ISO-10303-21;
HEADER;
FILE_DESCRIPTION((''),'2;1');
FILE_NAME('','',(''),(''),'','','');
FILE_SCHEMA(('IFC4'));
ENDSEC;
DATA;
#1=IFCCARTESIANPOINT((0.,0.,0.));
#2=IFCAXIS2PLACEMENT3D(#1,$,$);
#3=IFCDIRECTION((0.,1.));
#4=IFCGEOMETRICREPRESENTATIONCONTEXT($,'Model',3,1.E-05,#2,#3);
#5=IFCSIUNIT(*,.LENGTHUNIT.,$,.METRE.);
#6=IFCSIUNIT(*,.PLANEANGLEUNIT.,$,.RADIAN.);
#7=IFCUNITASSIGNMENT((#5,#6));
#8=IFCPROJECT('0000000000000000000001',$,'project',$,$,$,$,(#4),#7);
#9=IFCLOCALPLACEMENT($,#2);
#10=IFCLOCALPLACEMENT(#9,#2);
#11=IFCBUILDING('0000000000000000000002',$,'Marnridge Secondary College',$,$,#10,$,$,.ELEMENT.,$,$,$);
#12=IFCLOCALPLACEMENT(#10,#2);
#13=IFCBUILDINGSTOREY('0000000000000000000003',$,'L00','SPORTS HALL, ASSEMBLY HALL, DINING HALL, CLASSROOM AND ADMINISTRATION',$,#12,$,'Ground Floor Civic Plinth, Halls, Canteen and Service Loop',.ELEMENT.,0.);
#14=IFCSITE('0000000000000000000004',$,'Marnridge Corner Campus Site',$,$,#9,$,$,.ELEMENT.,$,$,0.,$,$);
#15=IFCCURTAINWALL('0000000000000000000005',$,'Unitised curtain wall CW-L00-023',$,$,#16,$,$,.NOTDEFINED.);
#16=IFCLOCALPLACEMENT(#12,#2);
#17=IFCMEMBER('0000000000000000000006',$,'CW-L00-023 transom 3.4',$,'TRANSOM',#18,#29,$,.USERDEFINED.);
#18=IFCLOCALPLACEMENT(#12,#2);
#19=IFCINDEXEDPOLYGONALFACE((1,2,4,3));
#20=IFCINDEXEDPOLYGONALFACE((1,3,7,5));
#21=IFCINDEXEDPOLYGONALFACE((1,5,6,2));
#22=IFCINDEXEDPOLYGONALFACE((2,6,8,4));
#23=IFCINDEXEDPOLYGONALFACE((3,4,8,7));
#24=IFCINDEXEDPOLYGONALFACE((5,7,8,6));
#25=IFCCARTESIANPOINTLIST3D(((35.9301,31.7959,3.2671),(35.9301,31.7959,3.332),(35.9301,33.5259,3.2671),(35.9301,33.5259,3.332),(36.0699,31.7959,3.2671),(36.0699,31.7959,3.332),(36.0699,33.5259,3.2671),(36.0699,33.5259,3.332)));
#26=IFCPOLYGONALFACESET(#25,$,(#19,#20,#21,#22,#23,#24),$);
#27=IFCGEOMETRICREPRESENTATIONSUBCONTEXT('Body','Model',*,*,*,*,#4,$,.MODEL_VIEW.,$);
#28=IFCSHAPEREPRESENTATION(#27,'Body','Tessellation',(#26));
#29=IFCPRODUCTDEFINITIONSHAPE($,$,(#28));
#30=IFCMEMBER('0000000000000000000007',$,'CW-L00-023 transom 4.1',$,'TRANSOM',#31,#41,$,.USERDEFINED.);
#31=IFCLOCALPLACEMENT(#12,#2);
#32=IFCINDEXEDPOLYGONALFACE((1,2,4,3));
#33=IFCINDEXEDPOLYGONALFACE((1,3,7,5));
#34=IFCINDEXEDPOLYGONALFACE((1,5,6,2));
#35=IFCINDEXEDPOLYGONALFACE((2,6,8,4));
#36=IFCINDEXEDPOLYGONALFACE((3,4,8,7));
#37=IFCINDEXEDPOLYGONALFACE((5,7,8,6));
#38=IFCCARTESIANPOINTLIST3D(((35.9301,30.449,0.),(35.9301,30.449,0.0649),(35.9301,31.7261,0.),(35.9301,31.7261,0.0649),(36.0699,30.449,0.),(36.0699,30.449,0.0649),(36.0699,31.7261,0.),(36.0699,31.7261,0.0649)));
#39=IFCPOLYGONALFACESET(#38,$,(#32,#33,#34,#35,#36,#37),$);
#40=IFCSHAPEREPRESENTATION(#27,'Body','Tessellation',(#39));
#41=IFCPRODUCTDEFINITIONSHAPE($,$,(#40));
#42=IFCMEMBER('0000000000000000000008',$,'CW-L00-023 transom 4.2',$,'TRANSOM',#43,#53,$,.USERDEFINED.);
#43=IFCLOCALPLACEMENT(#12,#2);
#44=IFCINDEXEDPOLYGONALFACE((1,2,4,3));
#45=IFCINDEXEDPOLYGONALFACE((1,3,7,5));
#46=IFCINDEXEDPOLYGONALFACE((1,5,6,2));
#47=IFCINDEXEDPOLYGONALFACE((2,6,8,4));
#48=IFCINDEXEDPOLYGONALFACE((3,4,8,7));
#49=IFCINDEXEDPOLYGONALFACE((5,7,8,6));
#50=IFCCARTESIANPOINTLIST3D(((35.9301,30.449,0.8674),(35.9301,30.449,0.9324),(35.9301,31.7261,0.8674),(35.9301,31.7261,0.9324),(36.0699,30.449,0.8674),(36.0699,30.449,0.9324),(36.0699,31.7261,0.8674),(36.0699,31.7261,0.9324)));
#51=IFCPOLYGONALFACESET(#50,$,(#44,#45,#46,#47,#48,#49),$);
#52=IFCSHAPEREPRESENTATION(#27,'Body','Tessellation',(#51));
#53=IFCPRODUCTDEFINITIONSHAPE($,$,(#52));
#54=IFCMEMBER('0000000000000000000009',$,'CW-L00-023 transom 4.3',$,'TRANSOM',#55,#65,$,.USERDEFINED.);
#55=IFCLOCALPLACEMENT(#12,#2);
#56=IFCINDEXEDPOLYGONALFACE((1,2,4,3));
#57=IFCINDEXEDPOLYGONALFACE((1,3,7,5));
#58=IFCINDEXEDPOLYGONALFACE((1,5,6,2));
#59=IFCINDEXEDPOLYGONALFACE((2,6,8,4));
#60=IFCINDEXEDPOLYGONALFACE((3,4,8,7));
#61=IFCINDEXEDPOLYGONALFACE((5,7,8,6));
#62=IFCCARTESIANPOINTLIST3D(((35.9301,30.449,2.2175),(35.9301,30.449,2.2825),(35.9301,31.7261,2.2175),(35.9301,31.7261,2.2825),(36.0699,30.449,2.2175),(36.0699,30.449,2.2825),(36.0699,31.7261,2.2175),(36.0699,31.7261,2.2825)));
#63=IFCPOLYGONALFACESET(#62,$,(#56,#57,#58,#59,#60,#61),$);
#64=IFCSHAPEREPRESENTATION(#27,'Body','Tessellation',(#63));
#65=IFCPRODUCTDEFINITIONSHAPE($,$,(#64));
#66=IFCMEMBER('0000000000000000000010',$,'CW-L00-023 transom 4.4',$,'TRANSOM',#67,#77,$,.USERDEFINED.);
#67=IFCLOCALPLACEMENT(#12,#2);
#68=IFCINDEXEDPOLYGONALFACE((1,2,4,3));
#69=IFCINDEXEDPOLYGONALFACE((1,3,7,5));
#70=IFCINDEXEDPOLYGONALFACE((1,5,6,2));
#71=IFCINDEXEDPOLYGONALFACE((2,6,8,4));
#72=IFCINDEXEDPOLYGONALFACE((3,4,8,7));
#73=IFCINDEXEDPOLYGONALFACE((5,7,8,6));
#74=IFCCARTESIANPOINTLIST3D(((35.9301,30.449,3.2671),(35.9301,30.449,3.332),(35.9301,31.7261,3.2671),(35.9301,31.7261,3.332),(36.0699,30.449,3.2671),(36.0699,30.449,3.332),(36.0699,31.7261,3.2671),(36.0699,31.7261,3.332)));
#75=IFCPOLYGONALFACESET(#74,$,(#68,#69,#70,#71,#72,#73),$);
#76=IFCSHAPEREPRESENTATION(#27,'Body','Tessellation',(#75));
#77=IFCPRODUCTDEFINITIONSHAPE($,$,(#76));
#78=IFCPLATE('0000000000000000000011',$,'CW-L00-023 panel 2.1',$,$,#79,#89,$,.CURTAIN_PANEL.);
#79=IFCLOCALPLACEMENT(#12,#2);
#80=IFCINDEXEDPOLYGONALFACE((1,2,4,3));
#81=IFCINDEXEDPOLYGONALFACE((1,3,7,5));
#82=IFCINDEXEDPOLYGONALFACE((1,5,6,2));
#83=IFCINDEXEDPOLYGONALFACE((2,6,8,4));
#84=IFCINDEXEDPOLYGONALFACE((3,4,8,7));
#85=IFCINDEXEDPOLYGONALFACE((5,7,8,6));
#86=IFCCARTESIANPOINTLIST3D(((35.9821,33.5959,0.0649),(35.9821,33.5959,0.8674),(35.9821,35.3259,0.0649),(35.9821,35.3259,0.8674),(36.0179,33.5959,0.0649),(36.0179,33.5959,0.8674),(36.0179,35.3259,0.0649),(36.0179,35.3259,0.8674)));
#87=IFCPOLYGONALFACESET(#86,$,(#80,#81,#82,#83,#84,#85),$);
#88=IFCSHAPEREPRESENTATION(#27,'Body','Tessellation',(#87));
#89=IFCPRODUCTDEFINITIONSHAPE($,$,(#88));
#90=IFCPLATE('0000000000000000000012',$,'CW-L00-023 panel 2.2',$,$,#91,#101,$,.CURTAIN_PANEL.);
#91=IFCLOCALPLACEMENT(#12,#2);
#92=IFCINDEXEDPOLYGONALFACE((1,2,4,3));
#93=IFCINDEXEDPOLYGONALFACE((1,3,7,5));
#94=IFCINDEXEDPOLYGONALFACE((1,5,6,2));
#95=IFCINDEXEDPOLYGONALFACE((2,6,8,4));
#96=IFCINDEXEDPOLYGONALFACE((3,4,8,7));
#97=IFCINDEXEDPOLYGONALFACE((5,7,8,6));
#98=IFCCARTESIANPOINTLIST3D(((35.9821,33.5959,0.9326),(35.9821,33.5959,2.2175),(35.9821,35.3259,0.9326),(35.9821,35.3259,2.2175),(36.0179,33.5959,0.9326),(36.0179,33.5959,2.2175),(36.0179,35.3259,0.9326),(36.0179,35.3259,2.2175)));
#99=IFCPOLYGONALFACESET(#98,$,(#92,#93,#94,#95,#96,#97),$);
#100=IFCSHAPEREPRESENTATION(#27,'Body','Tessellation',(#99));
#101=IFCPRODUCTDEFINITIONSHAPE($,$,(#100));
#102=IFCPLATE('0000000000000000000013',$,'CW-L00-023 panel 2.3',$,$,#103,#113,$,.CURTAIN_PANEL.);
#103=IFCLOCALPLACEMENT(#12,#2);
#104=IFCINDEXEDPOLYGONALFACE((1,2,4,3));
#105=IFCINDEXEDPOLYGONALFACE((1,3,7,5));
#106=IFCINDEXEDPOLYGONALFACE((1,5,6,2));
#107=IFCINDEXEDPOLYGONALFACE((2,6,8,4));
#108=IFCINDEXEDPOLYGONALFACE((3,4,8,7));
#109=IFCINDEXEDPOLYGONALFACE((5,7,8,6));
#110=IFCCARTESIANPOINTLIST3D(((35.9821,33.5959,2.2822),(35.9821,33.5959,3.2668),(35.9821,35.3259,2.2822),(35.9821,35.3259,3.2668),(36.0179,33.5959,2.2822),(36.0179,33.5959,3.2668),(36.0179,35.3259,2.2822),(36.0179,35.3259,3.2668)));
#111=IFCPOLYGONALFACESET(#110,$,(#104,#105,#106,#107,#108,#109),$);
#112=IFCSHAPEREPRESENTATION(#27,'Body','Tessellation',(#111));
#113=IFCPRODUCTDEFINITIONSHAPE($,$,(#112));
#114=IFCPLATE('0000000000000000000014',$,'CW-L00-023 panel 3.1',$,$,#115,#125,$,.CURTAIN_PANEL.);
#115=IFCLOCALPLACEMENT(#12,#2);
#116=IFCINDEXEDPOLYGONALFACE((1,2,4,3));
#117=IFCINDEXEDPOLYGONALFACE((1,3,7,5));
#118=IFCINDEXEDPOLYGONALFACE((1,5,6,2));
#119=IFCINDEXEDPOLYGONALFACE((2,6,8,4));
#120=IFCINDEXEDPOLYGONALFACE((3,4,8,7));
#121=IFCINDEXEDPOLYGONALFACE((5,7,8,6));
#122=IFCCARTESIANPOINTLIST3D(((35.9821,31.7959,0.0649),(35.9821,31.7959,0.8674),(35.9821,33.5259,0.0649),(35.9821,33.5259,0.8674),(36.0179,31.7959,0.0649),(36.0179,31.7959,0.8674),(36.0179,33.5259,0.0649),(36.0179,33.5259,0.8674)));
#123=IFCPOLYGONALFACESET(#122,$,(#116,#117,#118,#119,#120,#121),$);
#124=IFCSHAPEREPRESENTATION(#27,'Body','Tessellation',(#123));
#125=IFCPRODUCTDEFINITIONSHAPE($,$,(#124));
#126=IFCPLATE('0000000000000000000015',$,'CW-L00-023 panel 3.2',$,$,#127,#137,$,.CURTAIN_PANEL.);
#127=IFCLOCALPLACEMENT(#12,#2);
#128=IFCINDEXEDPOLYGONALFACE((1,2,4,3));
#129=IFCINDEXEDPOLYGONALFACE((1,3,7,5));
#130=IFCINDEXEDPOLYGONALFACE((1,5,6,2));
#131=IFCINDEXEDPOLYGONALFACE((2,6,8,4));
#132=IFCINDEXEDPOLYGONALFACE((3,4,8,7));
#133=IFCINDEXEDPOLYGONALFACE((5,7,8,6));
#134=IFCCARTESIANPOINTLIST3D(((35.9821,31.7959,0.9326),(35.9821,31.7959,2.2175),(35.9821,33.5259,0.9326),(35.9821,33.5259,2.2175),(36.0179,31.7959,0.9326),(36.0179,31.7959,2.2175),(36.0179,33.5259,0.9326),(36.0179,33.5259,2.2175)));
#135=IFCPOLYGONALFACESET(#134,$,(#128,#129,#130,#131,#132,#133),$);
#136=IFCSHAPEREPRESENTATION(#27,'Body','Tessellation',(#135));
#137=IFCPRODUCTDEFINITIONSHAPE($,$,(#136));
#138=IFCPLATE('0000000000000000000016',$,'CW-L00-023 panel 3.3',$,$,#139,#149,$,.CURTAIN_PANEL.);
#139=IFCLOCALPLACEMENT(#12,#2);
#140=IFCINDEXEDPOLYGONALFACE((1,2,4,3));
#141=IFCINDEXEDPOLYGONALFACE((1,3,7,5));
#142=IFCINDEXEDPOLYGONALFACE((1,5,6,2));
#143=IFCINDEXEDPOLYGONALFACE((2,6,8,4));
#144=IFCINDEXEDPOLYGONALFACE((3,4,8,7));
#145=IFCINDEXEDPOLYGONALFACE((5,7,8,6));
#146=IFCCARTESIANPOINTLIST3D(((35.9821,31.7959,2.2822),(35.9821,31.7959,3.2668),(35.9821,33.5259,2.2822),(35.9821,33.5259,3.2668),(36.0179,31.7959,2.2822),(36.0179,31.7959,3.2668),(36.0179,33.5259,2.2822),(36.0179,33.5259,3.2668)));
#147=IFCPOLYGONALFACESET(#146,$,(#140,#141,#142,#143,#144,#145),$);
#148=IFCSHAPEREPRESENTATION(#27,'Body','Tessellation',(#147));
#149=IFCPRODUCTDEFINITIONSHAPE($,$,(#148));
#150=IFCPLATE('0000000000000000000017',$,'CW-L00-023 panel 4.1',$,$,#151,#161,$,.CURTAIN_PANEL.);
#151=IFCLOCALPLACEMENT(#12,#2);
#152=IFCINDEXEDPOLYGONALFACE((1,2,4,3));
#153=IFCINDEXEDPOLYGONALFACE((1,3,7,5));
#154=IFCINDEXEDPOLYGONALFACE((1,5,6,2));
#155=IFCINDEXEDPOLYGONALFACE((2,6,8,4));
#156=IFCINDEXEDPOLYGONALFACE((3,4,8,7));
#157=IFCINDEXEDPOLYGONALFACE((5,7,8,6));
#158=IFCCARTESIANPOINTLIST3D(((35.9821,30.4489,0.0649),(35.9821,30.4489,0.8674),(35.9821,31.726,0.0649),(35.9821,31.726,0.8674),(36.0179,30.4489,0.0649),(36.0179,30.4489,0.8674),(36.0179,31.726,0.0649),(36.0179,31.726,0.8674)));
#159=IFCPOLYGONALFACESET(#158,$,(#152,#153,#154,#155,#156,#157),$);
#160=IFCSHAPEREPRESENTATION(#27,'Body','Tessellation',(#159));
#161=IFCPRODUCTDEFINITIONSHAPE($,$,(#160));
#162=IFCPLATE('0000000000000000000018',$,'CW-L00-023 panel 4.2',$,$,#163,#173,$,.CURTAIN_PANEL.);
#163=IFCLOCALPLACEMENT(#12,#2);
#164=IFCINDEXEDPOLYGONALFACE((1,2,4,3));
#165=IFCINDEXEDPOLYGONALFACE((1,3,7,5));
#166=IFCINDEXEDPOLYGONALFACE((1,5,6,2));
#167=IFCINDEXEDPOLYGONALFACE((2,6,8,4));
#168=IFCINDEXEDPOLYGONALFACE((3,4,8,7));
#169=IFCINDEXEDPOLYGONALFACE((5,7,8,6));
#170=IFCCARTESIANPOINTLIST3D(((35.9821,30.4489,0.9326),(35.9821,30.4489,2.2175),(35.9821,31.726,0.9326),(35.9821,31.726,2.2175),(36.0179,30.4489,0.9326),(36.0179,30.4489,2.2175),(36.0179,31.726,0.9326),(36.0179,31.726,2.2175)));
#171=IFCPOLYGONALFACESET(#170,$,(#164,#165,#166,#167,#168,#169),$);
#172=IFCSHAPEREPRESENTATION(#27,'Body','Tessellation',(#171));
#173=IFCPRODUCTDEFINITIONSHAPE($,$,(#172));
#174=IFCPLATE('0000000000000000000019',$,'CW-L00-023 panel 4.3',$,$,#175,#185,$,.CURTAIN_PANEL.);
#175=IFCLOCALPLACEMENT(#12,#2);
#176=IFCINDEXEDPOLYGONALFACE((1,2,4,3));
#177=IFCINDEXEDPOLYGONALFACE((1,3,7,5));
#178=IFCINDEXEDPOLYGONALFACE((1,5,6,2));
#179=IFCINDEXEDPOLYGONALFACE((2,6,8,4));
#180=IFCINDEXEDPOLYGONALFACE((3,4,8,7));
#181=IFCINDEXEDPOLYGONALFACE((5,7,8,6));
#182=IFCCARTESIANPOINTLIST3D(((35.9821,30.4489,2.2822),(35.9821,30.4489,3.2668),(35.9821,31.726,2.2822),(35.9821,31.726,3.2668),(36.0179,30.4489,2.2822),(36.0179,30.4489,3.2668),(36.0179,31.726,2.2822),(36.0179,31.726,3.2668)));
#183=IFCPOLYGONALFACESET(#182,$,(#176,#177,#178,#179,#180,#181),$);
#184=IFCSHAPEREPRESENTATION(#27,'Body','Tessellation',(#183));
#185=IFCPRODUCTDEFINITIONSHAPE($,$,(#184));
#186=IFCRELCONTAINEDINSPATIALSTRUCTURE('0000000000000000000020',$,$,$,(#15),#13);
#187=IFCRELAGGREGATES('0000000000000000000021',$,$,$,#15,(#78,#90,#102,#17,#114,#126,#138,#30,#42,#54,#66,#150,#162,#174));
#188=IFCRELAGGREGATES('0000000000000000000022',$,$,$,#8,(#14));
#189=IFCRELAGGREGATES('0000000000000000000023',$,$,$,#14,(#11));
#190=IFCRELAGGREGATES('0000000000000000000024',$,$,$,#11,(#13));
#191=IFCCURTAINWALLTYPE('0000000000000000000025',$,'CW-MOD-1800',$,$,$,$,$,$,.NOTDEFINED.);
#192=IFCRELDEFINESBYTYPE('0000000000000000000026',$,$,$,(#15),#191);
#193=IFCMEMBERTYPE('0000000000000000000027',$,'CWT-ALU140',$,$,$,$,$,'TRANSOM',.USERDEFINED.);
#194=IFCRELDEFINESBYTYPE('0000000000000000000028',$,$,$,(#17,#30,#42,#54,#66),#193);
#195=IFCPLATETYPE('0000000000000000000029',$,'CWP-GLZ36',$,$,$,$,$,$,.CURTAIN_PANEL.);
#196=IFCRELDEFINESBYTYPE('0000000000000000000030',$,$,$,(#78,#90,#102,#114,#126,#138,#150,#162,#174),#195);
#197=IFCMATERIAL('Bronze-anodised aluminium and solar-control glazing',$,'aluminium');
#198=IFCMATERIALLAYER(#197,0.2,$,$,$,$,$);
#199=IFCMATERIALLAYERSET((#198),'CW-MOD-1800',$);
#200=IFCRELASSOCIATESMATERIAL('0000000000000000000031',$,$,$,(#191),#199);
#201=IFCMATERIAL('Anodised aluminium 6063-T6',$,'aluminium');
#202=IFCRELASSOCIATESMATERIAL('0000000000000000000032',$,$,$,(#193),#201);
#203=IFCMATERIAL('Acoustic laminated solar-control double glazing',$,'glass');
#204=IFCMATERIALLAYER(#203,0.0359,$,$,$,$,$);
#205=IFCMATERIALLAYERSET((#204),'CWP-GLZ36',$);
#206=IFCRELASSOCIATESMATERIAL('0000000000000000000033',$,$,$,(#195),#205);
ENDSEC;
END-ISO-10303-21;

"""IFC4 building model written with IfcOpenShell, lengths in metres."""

from ifc_helpers import new_model, si_unit, direction, frame, origin, origin_2d, place, context, subcontext, project, spatial, rectangle, extrude, material, layer, layer_set, material_profile, profile_set, type_object, element, aggregate, save


model = new_model("IFC4")

# Units and contexts
model_context = context("Model", 3, precision=1e-05, world=origin(), true_north=direction((0.0, 1.0)))
body_context = subcontext(model_context, "Body", "Model", "MODEL_VIEW")
ifc_project = project(units=[si_unit("LENGTHUNIT", "METRE"), si_unit("PLANEANGLEUNIT", "RADIAN")], contexts=[model_context])

# Site, building, storey
site_placement = place(None, origin())
site = spatial("IfcSite", under=ifc_project, at=site_placement, Name="Marnridge Corner Campus Site", CompositionType="ELEMENT", RefElevation=0.0)
building_placement = place(site_placement, origin())
building = spatial("IfcBuilding", under=site, at=building_placement, Name="Marnridge Secondary College", CompositionType="ELEMENT")
storey_placement = place(building_placement, origin())
storey = spatial("IfcBuildingStorey", under=building, at=storey_placement, Name="L00", Description="SPORTS HALL, ASSEMBLY HALL, DINING HALL, CLASSROOM AND ADMINISTRATION", LongName="Ground Floor Civic Plinth, Halls, Canteen and Service Loop", CompositionType="ELEMENT", Elevation=0.0)

# Curtain wall, members, plates
ifc_material_1 = material(Name="Bronze-anodised aluminium and solar-control glazing", Category="aluminium")
ifc_layer_1 = layer(ifc_material_1, 0.2)
ifc_layer_set_1 = layer_set([ifc_layer_1], Name="CW-MOD-1800")
curtain_wall_type = type_object("IfcCurtainWallType", Name="CW-MOD-1800", PredefinedType="NOTDEFINED", material=ifc_layer_set_1)
curtain_wall_placement = place(storey_placement, origin())
curtain_wall = element("IfcCurtainWall", 1, at=curtain_wall_placement, inside=storey, type_object=curtain_wall_type, Name="Unitised curtain wall CW-L00-023", PredefinedType="NOTDEFINED")
ifc_material_2 = material(Name="Anodised aluminium 6063-T6", Category="aluminium")
ifc_material_profile_1 = material_profile(ifc_material_2, rectangle(XDim=0.0649, YDim=0.1399, at=origin_2d()), Name="ALU 65x140")
ifc_profile_set_1 = profile_set([ifc_material_profile_1], Name="Anodised aluminium 6063-T6")
member_type_1 = type_object("IfcMemberType", Name="CWT-ALU140", ElementType="TRANSOM", PredefinedType="USERDEFINED", material=ifc_profile_set_1)
member_1_placement = place(storey_placement, frame((36.0, 33.5259, 3.2996), z_axis=(0.0, -1.0, 0.0), x_axis=(0.0, 0.0, 1.0)))
member_1 = element("IfcMember", 2, at=member_1_placement, type_object=member_type_1, Name="CW-L00-023 transom 3.4", ObjectType="TRANSOM", PredefinedType="USERDEFINED", context=body_context, shape_type="SweptSolid", body=[
    extrude(rectangle(XDim=0.0649, YDim=0.1399, at=origin_2d()), origin(), (0.0, 0.0, 1.0), 1.73),
])
member_2_placement = place(storey_placement, frame((36.0, 31.7261, 0.0325), z_axis=(0.0, -1.0, 0.0), x_axis=(0.0, 0.0, 1.0)))
member_2 = element("IfcMember", 3, at=member_2_placement, type_object=member_type_1, Name="CW-L00-023 transom 4.1", ObjectType="TRANSOM", PredefinedType="USERDEFINED", context=body_context, shape_type="SweptSolid", body=[
    extrude(rectangle(XDim=0.0649, YDim=0.1399, at=origin_2d()), origin(), (0.0, 0.0, 1.0), 1.2771),
])
member_3_placement = place(storey_placement, frame((36.0, 31.7261, 0.8999), z_axis=(0.0, -1.0, 0.0), x_axis=(0.0, 0.0, 1.0)))
member_3 = element("IfcMember", 4, at=member_3_placement, type_object=member_type_1, Name="CW-L00-023 transom 4.2", ObjectType="TRANSOM", PredefinedType="USERDEFINED", context=body_context, shape_type="SweptSolid", body=[
    extrude(rectangle(XDim=0.0649, YDim=0.1399, at=origin_2d()), origin(), (0.0, 0.0, 1.0), 1.2771),
])
member_4_placement = place(storey_placement, frame((36.0, 31.7261, 2.25), z_axis=(0.0, -1.0, 0.0), x_axis=(0.0, 0.0, 1.0)))
member_4 = element("IfcMember", 5, at=member_4_placement, type_object=member_type_1, Name="CW-L00-023 transom 4.3", ObjectType="TRANSOM", PredefinedType="USERDEFINED", context=body_context, shape_type="SweptSolid", body=[
    extrude(rectangle(XDim=0.0649, YDim=0.1399, at=origin_2d()), origin(), (0.0, 0.0, 1.0), 1.2771),
])
member_5_placement = place(storey_placement, frame((36.0, 31.7261, 3.2996), z_axis=(0.0, -1.0, 0.0), x_axis=(0.0, 0.0, 1.0)))
member_5 = element("IfcMember", 6, at=member_5_placement, type_object=member_type_1, Name="CW-L00-023 transom 4.4", ObjectType="TRANSOM", PredefinedType="USERDEFINED", context=body_context, shape_type="SweptSolid", body=[
    extrude(rectangle(XDim=0.0649, YDim=0.1399, at=origin_2d()), origin(), (0.0, 0.0, 1.0), 1.2771),
])
ifc_material_3 = material(Name="Acoustic laminated solar-control double glazing", Category="glass")
ifc_layer_2 = layer(ifc_material_3, 0.0359)
ifc_layer_set_2 = layer_set([ifc_layer_2], Name="CWP-GLZ36")
plate_type = type_object("IfcPlateType", Name="CWP-GLZ36", PredefinedType="CURTAIN_PANEL", material=ifc_layer_set_2)
plate_1_placement = place(storey_placement, frame((36.0, 34.4609, 0.0649), z_axis=(0.0, 0.0, 1.0), x_axis=(0.0, -1.0, 0.0)))
plate_1 = element("IfcPlate", 7, at=plate_1_placement, type_object=plate_type, Name="CW-L00-023 panel 2.1", PredefinedType="CURTAIN_PANEL", context=body_context, shape_type="SweptSolid", body=[
    extrude(rectangle(XDim=1.73, YDim=0.0359, at=origin_2d()), origin(), (0.0, 0.0, 1.0), 0.8025),
])
plate_2_placement = place(storey_placement, frame((36.0, 34.4609, 0.9326), z_axis=(0.0, 0.0, 1.0), x_axis=(0.0, -1.0, 0.0)))
plate_2 = element("IfcPlate", 8, at=plate_2_placement, type_object=plate_type, Name="CW-L00-023 panel 2.2", PredefinedType="CURTAIN_PANEL", context=body_context, shape_type="SweptSolid", body=[
    extrude(rectangle(XDim=1.73, YDim=0.0359, at=origin_2d()), origin(), (0.0, 0.0, 1.0), 1.2849),
])
plate_3_placement = place(storey_placement, frame((36.0, 34.4609, 2.2822), z_axis=(0.0, 0.0, 1.0), x_axis=(0.0, -1.0, 0.0)))
plate_3 = element("IfcPlate", 9, at=plate_3_placement, type_object=plate_type, Name="CW-L00-023 panel 2.3", PredefinedType="CURTAIN_PANEL", context=body_context, shape_type="SweptSolid", body=[
    extrude(rectangle(XDim=1.73, YDim=0.0359, at=origin_2d()), origin(), (0.0, 0.0, 1.0), 0.9846),
])
plate_4_placement = place(storey_placement, frame((36.0, 32.6609, 0.0649), z_axis=(0.0, 0.0, 1.0), x_axis=(0.0, -1.0, 0.0)))
plate_4 = element("IfcPlate", 10, at=plate_4_placement, type_object=plate_type, Name="CW-L00-023 panel 3.1", PredefinedType="CURTAIN_PANEL", context=body_context, shape_type="SweptSolid", body=[
    extrude(rectangle(XDim=1.73, YDim=0.0359, at=origin_2d()), origin(), (0.0, 0.0, 1.0), 0.8025),
])
plate_5_placement = place(storey_placement, frame((36.0, 32.6609, 0.9326), z_axis=(0.0, 0.0, 1.0), x_axis=(0.0, -1.0, 0.0)))
plate_5 = element("IfcPlate", 11, at=plate_5_placement, type_object=plate_type, Name="CW-L00-023 panel 3.2", PredefinedType="CURTAIN_PANEL", context=body_context, shape_type="SweptSolid", body=[
    extrude(rectangle(XDim=1.73, YDim=0.0359, at=origin_2d()), origin(), (0.0, 0.0, 1.0), 1.2849),
])
plate_6_placement = place(storey_placement, frame((36.0, 32.6609, 2.2822), z_axis=(0.0, 0.0, 1.0), x_axis=(0.0, -1.0, 0.0)))
plate_6 = element("IfcPlate", 12, at=plate_6_placement, type_object=plate_type, Name="CW-L00-023 panel 3.3", PredefinedType="CURTAIN_PANEL", context=body_context, shape_type="SweptSolid", body=[
    extrude(rectangle(XDim=1.73, YDim=0.0359, at=origin_2d()), origin(), (0.0, 0.0, 1.0), 0.9846),
])
plate_7_placement = place(storey_placement, frame((36.0, 31.0874, 0.0649), z_axis=(0.0, 0.0, 1.0), x_axis=(0.0, -1.0, 0.0)))
plate_7 = element("IfcPlate", 13, at=plate_7_placement, type_object=plate_type, Name="CW-L00-023 panel 4.1", PredefinedType="CURTAIN_PANEL", context=body_context, shape_type="SweptSolid", body=[
    extrude(rectangle(XDim=1.2771, YDim=0.0359, at=origin_2d()), origin(), (0.0, 0.0, 1.0), 0.8025),
])
plate_8_placement = place(storey_placement, frame((36.0, 31.0874, 0.9326), z_axis=(0.0, 0.0, 1.0), x_axis=(0.0, -1.0, 0.0)))
plate_8 = element("IfcPlate", 14, at=plate_8_placement, type_object=plate_type, Name="CW-L00-023 panel 4.2", PredefinedType="CURTAIN_PANEL", context=body_context, shape_type="SweptSolid", body=[
    extrude(rectangle(XDim=1.2771, YDim=0.0359, at=origin_2d()), origin(), (0.0, 0.0, 1.0), 1.2849),
])
plate_9_placement = place(storey_placement, frame((36.0, 31.0874, 2.2822), z_axis=(0.0, 0.0, 1.0), x_axis=(0.0, -1.0, 0.0)))
plate_9 = element("IfcPlate", 15, at=plate_9_placement, type_object=plate_type, Name="CW-L00-023 panel 4.3", PredefinedType="CURTAIN_PANEL", context=body_context, shape_type="SweptSolid", body=[
    extrude(rectangle(XDim=1.2771, YDim=0.0359, at=origin_2d()), origin(), (0.0, 0.0, 1.0), 0.9846),
])
aggregate(curtain_wall, [plate_1, plate_2, plate_3, member_1, plate_4, plate_5, plate_6, member_2, member_3, member_4, member_5, plate_7, plate_8, plate_9])

save(model, "model.ifc")
